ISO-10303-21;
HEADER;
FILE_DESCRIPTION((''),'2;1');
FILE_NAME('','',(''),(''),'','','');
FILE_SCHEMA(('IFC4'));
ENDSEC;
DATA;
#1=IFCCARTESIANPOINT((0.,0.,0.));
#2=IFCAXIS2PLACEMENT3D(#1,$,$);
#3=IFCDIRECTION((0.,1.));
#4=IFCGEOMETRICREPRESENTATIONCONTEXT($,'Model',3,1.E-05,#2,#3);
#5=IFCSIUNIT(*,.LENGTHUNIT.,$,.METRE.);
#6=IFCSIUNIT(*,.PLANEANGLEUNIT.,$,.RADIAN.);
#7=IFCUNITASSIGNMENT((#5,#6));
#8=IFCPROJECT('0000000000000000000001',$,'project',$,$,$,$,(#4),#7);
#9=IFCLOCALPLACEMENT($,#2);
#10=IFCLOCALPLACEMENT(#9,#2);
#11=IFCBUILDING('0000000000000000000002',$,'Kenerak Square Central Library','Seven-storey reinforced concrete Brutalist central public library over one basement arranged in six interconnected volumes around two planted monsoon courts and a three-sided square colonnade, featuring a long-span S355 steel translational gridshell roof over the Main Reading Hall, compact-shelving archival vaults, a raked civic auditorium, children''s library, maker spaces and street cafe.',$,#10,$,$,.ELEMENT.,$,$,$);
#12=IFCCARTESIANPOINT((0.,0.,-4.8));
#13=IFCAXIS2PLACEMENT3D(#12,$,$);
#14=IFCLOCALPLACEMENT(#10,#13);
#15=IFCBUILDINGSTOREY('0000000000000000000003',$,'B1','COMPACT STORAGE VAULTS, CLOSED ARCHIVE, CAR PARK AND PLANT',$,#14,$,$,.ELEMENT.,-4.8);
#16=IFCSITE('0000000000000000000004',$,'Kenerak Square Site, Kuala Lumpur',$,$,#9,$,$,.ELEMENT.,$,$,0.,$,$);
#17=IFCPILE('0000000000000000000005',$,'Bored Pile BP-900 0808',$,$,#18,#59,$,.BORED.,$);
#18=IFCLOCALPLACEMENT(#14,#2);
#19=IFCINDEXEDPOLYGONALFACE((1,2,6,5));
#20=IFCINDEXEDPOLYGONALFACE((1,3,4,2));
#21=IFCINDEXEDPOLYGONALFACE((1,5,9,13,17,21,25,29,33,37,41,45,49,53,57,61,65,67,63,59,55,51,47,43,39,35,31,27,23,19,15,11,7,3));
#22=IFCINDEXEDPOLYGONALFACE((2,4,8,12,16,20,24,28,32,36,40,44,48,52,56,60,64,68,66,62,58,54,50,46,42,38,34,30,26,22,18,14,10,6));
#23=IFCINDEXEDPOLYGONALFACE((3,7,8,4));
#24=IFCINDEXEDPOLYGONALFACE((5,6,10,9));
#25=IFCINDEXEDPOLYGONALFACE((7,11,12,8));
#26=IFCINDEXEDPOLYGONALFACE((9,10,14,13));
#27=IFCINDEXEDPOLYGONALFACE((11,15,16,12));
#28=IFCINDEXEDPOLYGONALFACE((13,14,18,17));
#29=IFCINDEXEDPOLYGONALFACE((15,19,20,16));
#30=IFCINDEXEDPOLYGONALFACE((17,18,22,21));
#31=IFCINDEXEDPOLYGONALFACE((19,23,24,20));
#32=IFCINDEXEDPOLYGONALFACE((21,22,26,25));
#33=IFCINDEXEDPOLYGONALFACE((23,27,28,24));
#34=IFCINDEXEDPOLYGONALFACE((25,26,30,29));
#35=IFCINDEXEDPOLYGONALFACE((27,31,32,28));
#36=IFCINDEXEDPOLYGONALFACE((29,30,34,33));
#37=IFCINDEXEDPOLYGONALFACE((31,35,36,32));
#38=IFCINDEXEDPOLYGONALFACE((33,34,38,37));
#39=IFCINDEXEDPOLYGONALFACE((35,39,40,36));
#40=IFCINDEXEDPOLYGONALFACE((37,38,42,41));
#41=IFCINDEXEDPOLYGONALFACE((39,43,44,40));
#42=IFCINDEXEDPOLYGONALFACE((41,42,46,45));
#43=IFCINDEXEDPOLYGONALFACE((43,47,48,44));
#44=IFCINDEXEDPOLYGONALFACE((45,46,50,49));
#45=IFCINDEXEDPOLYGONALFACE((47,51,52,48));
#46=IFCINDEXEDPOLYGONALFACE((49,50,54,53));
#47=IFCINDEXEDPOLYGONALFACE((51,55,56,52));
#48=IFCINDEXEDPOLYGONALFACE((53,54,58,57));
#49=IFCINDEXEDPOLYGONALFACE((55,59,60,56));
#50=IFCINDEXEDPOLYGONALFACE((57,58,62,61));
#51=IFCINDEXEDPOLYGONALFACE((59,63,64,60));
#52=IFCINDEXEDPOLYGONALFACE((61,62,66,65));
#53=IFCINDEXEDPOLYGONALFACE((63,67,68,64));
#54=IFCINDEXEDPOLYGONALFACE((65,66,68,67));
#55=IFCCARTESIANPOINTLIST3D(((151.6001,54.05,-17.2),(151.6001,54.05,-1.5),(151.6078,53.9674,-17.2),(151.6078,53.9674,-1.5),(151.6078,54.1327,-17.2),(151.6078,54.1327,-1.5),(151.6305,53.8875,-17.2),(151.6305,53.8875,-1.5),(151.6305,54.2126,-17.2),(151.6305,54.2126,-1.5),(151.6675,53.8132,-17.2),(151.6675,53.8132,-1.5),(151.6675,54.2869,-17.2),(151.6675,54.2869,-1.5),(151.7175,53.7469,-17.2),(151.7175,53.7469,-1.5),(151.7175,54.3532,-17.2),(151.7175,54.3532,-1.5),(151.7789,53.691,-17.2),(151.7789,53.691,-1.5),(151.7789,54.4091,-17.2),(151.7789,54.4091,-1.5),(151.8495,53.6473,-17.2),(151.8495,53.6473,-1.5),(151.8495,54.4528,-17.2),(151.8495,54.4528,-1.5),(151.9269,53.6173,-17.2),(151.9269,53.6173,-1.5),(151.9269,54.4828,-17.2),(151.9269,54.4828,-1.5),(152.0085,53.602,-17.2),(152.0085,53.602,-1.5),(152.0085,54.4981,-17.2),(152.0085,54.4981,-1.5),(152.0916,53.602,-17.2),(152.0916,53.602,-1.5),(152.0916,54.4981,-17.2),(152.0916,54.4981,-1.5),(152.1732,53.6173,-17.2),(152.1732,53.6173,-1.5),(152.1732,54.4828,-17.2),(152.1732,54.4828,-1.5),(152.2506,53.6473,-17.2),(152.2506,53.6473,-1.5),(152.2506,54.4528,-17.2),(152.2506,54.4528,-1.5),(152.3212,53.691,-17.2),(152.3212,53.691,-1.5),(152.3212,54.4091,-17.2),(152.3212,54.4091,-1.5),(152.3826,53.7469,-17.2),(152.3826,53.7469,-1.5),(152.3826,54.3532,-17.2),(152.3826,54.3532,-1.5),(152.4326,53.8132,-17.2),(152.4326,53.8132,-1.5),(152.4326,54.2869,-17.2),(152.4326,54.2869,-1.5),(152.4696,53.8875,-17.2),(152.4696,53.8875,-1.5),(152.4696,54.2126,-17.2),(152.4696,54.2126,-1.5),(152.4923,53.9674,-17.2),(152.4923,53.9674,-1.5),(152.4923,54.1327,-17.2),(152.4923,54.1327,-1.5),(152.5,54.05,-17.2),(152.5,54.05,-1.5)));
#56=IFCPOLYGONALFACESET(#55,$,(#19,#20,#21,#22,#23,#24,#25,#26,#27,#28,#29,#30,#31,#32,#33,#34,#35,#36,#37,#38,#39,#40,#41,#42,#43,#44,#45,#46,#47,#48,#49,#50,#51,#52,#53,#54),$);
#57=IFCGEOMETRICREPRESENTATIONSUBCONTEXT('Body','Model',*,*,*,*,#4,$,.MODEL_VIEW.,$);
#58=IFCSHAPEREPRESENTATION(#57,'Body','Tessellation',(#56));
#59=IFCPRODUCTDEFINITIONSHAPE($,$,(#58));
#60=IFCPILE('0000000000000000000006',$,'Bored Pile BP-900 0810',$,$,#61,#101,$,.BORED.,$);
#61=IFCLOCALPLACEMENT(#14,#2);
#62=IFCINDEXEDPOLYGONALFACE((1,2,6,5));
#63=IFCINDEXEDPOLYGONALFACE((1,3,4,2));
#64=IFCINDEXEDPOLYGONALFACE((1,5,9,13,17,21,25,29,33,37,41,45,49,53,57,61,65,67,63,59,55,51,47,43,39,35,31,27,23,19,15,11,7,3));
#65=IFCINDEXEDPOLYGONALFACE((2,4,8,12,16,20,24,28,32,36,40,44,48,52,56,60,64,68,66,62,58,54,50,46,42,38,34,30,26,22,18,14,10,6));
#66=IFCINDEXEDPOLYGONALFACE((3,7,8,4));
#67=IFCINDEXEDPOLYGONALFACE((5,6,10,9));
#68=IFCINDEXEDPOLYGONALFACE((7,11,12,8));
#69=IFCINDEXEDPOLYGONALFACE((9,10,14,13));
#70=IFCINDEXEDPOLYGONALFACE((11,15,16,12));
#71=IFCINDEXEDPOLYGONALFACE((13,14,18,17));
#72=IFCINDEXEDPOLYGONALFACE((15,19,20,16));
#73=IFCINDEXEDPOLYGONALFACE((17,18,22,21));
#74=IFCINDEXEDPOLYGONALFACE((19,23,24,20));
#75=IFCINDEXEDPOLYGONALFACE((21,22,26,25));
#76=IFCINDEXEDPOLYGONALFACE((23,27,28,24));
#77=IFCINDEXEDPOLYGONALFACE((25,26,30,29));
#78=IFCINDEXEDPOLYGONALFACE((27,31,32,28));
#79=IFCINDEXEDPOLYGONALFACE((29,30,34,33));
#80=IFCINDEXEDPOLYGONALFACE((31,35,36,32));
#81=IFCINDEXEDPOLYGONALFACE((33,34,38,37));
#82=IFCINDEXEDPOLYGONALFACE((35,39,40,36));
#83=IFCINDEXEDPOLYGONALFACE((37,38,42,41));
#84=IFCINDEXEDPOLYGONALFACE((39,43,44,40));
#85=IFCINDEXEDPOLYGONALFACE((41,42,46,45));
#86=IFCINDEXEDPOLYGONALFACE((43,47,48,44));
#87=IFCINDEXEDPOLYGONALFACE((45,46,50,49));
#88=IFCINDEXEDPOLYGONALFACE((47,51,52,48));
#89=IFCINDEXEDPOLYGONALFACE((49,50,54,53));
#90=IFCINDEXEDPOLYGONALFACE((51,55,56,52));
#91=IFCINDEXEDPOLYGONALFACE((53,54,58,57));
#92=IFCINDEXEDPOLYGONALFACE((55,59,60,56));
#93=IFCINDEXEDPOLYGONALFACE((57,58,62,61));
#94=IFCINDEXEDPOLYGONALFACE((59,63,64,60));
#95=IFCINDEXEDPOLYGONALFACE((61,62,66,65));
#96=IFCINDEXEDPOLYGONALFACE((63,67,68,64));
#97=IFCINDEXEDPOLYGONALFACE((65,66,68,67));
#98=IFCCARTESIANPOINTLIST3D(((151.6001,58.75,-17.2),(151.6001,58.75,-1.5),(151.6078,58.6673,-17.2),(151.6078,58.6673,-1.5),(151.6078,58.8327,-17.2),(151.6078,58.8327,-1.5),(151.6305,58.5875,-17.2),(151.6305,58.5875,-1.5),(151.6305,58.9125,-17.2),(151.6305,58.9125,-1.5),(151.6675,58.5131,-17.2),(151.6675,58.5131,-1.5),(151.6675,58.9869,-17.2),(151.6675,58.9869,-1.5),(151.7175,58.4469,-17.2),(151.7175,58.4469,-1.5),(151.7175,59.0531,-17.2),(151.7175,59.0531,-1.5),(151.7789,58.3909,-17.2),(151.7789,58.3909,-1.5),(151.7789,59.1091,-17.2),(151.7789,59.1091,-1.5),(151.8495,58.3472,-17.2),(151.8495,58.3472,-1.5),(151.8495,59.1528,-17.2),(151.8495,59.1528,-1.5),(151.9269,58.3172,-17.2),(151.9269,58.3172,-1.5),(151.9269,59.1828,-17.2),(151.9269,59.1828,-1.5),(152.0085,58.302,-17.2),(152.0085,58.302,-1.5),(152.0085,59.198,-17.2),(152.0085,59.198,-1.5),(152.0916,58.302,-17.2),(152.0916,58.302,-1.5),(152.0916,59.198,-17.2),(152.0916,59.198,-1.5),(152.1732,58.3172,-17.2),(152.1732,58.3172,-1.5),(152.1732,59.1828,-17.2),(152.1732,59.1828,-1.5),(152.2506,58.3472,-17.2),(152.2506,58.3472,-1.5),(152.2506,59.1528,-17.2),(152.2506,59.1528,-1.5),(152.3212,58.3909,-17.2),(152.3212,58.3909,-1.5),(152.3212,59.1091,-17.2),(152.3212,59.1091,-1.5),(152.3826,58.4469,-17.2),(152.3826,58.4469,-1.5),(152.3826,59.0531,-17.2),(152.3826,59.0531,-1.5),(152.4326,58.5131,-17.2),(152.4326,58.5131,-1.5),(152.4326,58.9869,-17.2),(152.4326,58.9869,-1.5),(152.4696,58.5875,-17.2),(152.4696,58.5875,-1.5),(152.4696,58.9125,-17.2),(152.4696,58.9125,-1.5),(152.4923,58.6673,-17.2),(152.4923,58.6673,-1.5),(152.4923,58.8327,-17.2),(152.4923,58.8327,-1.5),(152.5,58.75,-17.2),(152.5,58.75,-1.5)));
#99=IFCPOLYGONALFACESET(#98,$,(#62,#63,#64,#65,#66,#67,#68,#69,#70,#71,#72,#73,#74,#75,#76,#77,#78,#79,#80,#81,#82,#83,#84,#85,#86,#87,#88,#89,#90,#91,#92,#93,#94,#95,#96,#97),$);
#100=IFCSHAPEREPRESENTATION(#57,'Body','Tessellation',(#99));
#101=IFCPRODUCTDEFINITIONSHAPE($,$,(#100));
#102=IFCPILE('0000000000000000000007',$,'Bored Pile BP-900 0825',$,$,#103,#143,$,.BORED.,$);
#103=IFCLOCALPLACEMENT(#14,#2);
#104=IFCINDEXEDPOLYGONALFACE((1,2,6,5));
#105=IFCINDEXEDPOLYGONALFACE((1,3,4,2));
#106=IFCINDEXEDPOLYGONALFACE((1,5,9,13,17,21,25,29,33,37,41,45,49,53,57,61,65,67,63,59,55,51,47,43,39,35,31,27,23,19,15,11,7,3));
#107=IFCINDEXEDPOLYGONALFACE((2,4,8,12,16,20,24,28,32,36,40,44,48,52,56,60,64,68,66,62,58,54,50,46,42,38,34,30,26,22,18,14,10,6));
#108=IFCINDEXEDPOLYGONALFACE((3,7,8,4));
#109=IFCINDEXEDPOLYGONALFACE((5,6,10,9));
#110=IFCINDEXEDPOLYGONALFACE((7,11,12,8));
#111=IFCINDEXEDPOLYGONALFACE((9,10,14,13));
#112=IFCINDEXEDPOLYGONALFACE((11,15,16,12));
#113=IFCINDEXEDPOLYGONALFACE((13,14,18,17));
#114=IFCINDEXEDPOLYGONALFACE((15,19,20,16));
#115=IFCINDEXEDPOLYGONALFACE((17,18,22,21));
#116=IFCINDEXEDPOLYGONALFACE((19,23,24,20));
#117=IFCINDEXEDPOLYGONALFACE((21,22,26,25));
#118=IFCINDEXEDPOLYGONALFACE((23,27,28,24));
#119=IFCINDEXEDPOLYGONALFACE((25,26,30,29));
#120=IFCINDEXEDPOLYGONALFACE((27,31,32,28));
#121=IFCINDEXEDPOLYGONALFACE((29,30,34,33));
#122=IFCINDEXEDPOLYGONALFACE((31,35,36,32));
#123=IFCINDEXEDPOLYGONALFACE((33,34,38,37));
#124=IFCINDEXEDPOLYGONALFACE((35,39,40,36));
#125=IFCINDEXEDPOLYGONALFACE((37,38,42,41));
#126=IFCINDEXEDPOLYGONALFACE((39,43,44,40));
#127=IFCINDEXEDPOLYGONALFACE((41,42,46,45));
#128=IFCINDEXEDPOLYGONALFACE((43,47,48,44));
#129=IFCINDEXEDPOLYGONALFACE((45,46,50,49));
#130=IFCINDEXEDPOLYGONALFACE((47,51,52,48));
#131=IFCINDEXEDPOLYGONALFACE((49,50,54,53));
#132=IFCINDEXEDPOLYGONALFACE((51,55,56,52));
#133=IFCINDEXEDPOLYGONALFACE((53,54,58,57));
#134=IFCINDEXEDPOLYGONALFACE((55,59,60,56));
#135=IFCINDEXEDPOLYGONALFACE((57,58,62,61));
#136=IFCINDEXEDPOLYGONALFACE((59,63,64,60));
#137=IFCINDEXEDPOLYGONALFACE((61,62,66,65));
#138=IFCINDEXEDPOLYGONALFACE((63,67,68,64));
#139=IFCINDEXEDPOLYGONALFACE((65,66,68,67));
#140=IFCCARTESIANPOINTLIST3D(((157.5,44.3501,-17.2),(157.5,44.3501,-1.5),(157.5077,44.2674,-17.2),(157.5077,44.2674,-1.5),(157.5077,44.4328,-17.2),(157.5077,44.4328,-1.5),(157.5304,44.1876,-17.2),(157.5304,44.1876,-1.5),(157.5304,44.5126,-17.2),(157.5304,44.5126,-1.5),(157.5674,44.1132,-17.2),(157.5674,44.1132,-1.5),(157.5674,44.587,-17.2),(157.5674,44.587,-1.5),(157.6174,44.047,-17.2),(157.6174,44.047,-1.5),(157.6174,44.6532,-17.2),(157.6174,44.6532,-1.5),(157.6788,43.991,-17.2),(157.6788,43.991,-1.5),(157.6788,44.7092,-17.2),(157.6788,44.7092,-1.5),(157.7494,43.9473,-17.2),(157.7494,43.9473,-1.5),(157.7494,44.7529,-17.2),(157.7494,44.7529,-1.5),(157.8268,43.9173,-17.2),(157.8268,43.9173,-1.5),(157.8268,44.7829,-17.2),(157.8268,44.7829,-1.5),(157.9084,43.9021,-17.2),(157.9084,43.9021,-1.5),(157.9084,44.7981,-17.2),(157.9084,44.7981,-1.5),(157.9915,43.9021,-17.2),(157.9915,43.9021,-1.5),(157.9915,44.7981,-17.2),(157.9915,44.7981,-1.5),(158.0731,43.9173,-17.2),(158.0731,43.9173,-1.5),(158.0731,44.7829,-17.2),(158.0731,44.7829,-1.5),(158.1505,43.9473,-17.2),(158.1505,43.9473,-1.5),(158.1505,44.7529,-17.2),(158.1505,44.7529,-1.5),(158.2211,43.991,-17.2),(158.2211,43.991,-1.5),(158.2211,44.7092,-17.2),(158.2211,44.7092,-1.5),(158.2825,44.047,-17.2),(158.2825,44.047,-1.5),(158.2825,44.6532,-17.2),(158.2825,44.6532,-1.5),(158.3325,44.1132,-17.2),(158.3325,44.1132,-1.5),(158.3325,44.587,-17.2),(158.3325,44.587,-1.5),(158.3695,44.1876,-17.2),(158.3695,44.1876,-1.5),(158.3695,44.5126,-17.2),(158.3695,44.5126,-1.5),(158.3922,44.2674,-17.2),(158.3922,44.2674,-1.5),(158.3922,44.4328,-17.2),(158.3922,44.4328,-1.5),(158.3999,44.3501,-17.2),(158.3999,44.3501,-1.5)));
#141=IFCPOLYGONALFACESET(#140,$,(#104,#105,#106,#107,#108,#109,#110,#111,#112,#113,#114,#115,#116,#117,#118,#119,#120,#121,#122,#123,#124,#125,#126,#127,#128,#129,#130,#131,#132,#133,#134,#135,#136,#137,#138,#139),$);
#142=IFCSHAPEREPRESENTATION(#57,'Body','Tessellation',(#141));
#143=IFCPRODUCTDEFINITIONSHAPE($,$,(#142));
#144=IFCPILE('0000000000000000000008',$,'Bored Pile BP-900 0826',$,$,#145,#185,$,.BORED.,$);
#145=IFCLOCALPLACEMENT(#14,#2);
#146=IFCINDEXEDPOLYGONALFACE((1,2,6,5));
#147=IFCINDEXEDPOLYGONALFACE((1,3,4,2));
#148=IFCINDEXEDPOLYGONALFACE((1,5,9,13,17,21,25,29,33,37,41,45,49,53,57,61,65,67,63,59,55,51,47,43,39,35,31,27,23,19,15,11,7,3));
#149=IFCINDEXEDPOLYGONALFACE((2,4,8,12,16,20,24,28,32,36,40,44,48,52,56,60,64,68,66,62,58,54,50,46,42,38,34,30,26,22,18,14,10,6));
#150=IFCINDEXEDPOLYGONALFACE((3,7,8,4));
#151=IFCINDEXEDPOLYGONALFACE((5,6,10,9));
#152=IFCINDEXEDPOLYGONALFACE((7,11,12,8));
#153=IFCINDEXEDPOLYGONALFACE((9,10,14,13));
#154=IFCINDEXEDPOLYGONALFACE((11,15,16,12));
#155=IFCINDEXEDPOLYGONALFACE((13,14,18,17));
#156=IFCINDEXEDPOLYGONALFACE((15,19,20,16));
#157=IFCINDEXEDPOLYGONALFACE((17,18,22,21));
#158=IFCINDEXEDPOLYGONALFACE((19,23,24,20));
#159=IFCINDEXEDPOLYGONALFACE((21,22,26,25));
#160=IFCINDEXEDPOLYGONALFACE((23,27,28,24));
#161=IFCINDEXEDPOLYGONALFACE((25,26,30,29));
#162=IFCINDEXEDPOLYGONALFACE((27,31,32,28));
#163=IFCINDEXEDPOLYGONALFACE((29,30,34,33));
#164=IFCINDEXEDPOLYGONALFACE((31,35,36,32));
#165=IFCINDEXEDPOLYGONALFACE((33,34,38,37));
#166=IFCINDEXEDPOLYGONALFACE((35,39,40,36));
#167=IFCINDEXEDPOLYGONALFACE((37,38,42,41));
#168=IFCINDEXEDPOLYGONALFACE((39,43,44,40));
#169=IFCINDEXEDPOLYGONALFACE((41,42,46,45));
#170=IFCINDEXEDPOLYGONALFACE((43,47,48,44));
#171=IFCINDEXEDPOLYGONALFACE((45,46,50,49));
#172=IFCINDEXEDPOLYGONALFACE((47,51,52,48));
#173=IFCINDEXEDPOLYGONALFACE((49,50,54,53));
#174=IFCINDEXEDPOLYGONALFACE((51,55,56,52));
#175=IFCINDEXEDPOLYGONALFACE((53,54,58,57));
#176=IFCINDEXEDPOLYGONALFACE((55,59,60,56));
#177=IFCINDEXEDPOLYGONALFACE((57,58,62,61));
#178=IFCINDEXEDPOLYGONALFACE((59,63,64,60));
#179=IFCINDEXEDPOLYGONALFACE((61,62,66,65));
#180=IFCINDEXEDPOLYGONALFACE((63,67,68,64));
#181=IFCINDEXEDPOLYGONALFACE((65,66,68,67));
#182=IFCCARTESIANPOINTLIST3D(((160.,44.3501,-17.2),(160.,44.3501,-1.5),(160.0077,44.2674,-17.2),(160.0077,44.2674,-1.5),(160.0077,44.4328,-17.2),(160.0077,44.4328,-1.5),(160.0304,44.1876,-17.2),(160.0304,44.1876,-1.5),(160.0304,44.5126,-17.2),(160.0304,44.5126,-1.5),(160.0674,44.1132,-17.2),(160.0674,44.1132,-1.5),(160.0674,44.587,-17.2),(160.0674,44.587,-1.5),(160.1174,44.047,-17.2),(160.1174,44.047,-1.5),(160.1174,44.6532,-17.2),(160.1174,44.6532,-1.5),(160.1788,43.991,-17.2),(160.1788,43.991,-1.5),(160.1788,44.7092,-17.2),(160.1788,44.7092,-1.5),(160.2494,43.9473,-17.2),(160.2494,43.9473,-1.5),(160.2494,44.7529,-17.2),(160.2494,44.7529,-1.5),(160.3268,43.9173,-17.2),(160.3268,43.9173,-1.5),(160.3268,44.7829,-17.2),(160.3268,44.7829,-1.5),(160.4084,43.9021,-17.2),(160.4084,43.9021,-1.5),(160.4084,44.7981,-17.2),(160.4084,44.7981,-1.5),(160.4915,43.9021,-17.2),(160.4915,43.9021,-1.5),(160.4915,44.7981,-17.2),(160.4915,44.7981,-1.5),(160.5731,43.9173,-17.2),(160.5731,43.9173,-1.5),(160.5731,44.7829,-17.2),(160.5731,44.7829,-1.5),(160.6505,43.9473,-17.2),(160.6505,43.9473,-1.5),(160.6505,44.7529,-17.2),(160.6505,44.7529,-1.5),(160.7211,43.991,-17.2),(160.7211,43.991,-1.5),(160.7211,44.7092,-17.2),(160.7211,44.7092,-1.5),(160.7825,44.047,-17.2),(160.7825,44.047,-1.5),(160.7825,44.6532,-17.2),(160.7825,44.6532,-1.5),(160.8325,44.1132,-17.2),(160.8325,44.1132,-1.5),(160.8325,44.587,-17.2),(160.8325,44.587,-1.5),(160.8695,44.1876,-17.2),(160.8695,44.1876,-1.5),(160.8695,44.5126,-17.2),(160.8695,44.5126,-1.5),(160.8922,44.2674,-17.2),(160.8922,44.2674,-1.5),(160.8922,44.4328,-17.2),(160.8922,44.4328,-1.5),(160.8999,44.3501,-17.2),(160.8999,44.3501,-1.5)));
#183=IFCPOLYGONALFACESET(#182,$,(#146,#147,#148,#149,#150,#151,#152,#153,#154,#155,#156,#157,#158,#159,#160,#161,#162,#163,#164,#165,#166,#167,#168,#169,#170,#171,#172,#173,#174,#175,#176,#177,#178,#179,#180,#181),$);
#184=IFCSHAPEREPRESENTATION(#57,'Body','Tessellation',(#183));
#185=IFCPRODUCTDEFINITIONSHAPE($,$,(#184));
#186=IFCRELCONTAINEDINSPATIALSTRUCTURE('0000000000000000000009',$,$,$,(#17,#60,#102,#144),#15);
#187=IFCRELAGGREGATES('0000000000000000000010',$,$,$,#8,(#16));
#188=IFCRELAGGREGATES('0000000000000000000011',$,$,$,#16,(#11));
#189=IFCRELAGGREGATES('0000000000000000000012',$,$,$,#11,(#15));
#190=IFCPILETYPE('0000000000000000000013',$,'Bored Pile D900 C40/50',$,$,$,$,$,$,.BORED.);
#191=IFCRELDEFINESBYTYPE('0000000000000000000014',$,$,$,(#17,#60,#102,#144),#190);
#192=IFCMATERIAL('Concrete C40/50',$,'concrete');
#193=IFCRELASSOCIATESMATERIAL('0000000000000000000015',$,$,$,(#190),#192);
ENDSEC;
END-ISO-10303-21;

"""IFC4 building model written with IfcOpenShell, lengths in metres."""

from ifc_helpers import new_model, si_unit, direction, frame, origin, origin_2d, place, context, subcontext, project, spatial, circle, extrude, material, material_profile, profile_set, type_object, element, save


model = new_model("IFC4")

# Units and contexts
model_context = context("Model", 3, precision=1e-05, world=origin(), true_north=direction((0.0, 1.0)))
body_context = subcontext(model_context, "Body", "Model", "MODEL_VIEW")
ifc_project = project(units=[si_unit("LENGTHUNIT", "METRE"), si_unit("PLANEANGLEUNIT", "RADIAN")], contexts=[model_context])

# Site, building, storey
site_placement = place(None, origin())
site = spatial("IfcSite", under=ifc_project, at=site_placement, Name="Kenerak Square Site, Kuala Lumpur", CompositionType="ELEMENT", RefElevation=0.0)
building_placement = place(site_placement, origin())
building = spatial("IfcBuilding", under=site, at=building_placement, Name="Kenerak Square Central Library", Description="Seven-storey reinforced concrete Brutalist central public library over one basement arranged in six interconnected volumes around two planted monsoon courts and a three-sided square colonnade, featuring a long-span S355 steel translational gridshell roof over the Main Reading Hall, compact-shelving archival vaults, a raked civic auditorium, children's library, maker spaces and street cafe.", CompositionType="ELEMENT")
storey_placement = place(building_placement, frame((0.0, 0.0, -4.8)))
storey = spatial("IfcBuildingStorey", under=building, at=storey_placement, Name="B1", Description="COMPACT STORAGE VAULTS, CLOSED ARCHIVE, CAR PARK AND PLANT", CompositionType="ELEMENT", Elevation=-4.8)

# Piles
ifc_material_1 = material(Name="Concrete C40/50", Category="concrete")
ifc_material_profile_1 = material_profile(ifc_material_1, circle(Radius=0.45, at=origin_2d()), Name="BP D900")
ifc_profile_set_1 = profile_set([ifc_material_profile_1], Name="Concrete C40/50")
pile_type = type_object("IfcPileType", Name="Bored Pile D900 C40/50", PredefinedType="BORED", material=ifc_profile_set_1)
for number, where, z_axis, x_axis, name in (
    (1, (152.05, 54.05, -1.5), (0.0, 0.0, -1.0), (1.0, 0.0, 0.0), "Bored Pile BP-900 0808"),
    (2, (152.05, 58.75, -1.5), (0.0, 0.0, -1.0), (1.0, 0.0, 0.0), "Bored Pile BP-900 0810"),
    (3, (157.95, 44.3501, -1.5), (0.0, 0.0, -1.0), (1.0, 0.0, 0.0), "Bored Pile BP-900 0825"),
    (4, (160.45, 44.3501, -1.5), (0.0, 0.0, -1.0), (1.0, 0.0, 0.0), "Bored Pile BP-900 0826"),
):
    element("IfcPile", number, at=place(storey_placement, frame(where, z_axis=z_axis, x_axis=x_axis)), inside=storey, type_object=pile_type, Name=name, PredefinedType="BORED", context=body_context, shape_type="SweptSolid", body=[
        extrude(circle(Radius=0.45, at=origin_2d()), origin(), (0.0, 0.0, 1.0), 15.7),
    ])

save(model, "model.ifc")
